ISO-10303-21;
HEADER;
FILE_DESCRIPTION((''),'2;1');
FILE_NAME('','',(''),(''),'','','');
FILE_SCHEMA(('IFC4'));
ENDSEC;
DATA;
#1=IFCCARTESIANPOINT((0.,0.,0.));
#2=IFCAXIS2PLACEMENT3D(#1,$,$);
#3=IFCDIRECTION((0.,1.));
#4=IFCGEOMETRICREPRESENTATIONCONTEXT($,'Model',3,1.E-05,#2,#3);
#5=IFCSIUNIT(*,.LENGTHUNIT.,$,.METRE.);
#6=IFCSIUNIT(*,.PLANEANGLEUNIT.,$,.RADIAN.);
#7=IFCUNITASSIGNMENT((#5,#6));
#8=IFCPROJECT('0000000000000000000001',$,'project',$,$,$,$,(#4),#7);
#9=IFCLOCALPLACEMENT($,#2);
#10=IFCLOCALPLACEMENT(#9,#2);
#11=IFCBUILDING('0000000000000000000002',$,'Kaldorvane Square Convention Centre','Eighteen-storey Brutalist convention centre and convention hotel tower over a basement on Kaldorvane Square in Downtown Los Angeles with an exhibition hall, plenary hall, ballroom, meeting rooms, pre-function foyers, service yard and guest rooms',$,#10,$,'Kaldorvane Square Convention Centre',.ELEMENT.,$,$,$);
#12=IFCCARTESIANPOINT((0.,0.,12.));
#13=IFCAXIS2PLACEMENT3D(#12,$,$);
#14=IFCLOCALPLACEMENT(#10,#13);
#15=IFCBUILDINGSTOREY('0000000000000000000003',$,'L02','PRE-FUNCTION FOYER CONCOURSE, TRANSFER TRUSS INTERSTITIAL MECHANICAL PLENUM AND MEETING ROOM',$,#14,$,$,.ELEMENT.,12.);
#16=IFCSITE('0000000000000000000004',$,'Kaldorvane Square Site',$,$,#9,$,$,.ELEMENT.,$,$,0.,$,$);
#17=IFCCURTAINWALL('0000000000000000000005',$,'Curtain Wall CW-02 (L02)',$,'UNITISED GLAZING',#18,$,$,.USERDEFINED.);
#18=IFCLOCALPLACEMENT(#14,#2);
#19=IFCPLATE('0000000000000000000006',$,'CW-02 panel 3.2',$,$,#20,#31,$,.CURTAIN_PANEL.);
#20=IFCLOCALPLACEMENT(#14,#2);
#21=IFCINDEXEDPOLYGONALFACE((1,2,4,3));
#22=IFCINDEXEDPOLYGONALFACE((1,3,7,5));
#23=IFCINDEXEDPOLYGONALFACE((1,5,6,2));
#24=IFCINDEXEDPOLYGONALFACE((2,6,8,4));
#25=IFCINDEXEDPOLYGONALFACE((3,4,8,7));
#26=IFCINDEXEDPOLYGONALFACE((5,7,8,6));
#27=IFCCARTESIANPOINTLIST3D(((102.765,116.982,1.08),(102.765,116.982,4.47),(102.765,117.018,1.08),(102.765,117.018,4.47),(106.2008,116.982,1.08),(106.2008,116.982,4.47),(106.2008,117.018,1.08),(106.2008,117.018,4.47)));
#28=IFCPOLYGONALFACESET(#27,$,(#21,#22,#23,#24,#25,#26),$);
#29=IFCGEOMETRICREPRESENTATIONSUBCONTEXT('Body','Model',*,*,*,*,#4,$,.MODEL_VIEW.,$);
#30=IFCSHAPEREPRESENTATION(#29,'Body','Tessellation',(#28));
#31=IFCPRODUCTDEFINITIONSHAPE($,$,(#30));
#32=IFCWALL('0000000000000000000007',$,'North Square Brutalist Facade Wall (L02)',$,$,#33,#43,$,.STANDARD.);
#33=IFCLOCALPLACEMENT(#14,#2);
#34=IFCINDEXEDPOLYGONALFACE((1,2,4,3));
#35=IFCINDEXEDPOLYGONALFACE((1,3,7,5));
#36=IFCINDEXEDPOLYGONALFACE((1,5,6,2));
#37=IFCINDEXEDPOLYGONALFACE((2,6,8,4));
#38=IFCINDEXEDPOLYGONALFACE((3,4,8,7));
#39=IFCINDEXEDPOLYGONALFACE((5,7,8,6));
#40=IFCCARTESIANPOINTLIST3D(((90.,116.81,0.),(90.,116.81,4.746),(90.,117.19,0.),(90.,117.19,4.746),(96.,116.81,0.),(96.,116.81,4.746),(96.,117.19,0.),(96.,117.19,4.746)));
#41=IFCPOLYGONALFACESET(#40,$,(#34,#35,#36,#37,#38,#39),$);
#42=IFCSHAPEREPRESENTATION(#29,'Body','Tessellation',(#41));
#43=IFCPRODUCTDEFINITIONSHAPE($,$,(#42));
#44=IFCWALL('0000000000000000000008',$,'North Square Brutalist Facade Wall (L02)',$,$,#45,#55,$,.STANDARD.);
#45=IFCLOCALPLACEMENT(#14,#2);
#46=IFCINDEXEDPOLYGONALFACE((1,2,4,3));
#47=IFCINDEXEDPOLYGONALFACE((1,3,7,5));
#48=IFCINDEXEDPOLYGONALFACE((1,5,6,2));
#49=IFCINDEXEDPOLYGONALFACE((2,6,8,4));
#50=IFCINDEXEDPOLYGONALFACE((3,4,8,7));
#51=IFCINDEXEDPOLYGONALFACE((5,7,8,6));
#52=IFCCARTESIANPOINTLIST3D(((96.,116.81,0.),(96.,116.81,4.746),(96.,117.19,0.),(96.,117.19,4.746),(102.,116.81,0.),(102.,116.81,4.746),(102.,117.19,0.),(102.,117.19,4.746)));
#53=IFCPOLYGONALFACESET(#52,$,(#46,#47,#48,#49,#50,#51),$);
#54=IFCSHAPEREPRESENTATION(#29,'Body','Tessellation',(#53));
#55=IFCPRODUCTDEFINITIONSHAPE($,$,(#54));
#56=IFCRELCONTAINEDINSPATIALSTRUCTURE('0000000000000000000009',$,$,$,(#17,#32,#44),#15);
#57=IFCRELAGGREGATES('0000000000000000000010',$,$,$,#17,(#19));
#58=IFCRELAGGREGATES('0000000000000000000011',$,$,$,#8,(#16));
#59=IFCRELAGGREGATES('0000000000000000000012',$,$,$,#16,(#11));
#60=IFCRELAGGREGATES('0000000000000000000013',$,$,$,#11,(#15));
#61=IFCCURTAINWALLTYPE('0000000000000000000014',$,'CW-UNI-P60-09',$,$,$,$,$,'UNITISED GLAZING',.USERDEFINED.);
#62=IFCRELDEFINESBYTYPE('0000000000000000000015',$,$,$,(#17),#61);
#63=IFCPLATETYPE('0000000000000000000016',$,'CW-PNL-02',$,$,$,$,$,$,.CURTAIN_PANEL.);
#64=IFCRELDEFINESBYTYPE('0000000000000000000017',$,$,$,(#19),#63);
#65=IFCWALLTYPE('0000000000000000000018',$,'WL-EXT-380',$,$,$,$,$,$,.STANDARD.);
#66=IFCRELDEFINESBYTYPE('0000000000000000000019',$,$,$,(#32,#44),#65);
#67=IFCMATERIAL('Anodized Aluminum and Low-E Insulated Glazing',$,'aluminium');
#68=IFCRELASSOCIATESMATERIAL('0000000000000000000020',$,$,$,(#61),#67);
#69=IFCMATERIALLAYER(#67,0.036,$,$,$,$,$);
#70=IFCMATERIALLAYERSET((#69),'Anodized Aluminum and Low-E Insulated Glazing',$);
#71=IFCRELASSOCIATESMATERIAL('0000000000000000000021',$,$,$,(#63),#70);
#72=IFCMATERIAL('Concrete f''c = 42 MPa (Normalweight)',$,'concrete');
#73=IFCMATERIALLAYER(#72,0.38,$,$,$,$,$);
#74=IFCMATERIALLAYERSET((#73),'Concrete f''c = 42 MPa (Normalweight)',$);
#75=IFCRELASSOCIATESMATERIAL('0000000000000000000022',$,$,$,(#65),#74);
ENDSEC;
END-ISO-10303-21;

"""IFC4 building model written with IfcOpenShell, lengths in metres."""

from ifc_helpers import new_model, si_unit, direction, frame, frame_2d, origin, origin_2d, place, context, subcontext, project, spatial, rectangle, extrude, material, layer, layer_set, type_object, element, aggregate, save


model = new_model("IFC4")

# Units and contexts
model_context = context("Model", 3, precision=1e-05, world=origin(), true_north=direction((0.0, 1.0)))
body_context = subcontext(model_context, "Body", "Model", "MODEL_VIEW")
ifc_project = project(units=[si_unit("LENGTHUNIT", "METRE"), si_unit("PLANEANGLEUNIT", "RADIAN")], contexts=[model_context])

# Site, building, storey
site_placement = place(None, origin())
site = spatial("IfcSite", under=ifc_project, at=site_placement, Name="Kaldorvane Square Site", CompositionType="ELEMENT", RefElevation=0.0)
building_placement = place(site_placement, origin())
building = spatial("IfcBuilding", under=site, at=building_placement, Name="Kaldorvane Square Convention Centre", Description="Eighteen-storey Brutalist convention centre and convention hotel tower over a basement on Kaldorvane Square in Downtown Los Angeles with an exhibition hall, plenary hall, ballroom, meeting rooms, pre-function foyers, service yard and guest rooms", LongName="Kaldorvane Square Convention Centre", CompositionType="ELEMENT")
storey_placement = place(building_placement, frame((0.0, 0.0, 12.0)))
storey = spatial("IfcBuildingStorey", under=building, at=storey_placement, Name="L02", Description="PRE-FUNCTION FOYER CONCOURSE, TRANSFER TRUSS INTERSTITIAL MECHANICAL PLENUM AND MEETING ROOM", CompositionType="ELEMENT", Elevation=12.0)

# Shared definitions
ifc_material_1 = material(Name="Concrete f'c = 42 MPa (Normalweight)", Category="concrete")

# Curtain wall, plate
ifc_material_2 = material(Name="Anodized Aluminum and Low-E Insulated Glazing", Category="aluminium")
curtain_wall_type = type_object("IfcCurtainWallType", Name="CW-UNI-P60-09", ElementType="UNITISED GLAZING", PredefinedType="USERDEFINED", material=ifc_material_2)
curtain_wall_placement = place(storey_placement, origin())
curtain_wall = element("IfcCurtainWall", 1, at=curtain_wall_placement, inside=storey, type_object=curtain_wall_type, Name="Curtain Wall CW-02 (L02)", ObjectType="UNITISED GLAZING", PredefinedType="USERDEFINED")
ifc_layer_1 = layer(ifc_material_2, 0.036)
ifc_layer_set_1 = layer_set([ifc_layer_1], Name="Anodized Aluminum and Low-E Insulated Glazing")
plate_type = type_object("IfcPlateType", Name="CW-PNL-02", PredefinedType="CURTAIN_PANEL", material=ifc_layer_set_1)
plate_1_placement = place(storey_placement, frame((104.4829, 117.0, 1.08), z_axis=(0.0, 0.0, 1.0), x_axis=(-1.0, 0.0, 0.0)))
plate_1 = element("IfcPlate", 2, at=plate_1_placement, type_object=plate_type, Name="CW-02 panel 3.2", PredefinedType="CURTAIN_PANEL", context=body_context, shape_type="SweptSolid", body=[
    extrude(rectangle(XDim=3.4358, YDim=0.036, at=origin_2d()), origin(), (0.0, 0.0, 1.0), 3.39),
])
aggregate(curtain_wall, [plate_1])

# Walls
ifc_layer_2 = layer(ifc_material_1, 0.38)
ifc_layer_set_2 = layer_set([ifc_layer_2], Name="Concrete f'c = 42 MPa (Normalweight)")
wall_type = type_object("IfcWallType", Name="WL-EXT-380", PredefinedType="STANDARD", material=ifc_layer_set_2)
for number, where, z_axis, x_axis, name in (
    (3, (96.0, 117.0, 0.0), (0.0, 0.0, 1.0), (-1.0, 0.0, 0.0), "North Square Brutalist Facade Wall (L02)"),
    (4, (102.0, 117.0, 0.0), (0.0, 0.0, 1.0), (-1.0, 0.0, 0.0), "North Square Brutalist Facade Wall (L02)"),
):
    element("IfcWall", number, at=place(storey_placement, frame(where, z_axis=z_axis, x_axis=x_axis)), inside=storey, type_object=wall_type, Name=name, PredefinedType="STANDARD", context=body_context, shape_type="SweptSolid", body=[
        extrude(rectangle(XDim=6.0, YDim=0.38, at=frame_2d((3.0, 0.0))), origin(), (0.0, 0.0, 1.0), 4.746),
    ])

save(model, "model.ifc")
